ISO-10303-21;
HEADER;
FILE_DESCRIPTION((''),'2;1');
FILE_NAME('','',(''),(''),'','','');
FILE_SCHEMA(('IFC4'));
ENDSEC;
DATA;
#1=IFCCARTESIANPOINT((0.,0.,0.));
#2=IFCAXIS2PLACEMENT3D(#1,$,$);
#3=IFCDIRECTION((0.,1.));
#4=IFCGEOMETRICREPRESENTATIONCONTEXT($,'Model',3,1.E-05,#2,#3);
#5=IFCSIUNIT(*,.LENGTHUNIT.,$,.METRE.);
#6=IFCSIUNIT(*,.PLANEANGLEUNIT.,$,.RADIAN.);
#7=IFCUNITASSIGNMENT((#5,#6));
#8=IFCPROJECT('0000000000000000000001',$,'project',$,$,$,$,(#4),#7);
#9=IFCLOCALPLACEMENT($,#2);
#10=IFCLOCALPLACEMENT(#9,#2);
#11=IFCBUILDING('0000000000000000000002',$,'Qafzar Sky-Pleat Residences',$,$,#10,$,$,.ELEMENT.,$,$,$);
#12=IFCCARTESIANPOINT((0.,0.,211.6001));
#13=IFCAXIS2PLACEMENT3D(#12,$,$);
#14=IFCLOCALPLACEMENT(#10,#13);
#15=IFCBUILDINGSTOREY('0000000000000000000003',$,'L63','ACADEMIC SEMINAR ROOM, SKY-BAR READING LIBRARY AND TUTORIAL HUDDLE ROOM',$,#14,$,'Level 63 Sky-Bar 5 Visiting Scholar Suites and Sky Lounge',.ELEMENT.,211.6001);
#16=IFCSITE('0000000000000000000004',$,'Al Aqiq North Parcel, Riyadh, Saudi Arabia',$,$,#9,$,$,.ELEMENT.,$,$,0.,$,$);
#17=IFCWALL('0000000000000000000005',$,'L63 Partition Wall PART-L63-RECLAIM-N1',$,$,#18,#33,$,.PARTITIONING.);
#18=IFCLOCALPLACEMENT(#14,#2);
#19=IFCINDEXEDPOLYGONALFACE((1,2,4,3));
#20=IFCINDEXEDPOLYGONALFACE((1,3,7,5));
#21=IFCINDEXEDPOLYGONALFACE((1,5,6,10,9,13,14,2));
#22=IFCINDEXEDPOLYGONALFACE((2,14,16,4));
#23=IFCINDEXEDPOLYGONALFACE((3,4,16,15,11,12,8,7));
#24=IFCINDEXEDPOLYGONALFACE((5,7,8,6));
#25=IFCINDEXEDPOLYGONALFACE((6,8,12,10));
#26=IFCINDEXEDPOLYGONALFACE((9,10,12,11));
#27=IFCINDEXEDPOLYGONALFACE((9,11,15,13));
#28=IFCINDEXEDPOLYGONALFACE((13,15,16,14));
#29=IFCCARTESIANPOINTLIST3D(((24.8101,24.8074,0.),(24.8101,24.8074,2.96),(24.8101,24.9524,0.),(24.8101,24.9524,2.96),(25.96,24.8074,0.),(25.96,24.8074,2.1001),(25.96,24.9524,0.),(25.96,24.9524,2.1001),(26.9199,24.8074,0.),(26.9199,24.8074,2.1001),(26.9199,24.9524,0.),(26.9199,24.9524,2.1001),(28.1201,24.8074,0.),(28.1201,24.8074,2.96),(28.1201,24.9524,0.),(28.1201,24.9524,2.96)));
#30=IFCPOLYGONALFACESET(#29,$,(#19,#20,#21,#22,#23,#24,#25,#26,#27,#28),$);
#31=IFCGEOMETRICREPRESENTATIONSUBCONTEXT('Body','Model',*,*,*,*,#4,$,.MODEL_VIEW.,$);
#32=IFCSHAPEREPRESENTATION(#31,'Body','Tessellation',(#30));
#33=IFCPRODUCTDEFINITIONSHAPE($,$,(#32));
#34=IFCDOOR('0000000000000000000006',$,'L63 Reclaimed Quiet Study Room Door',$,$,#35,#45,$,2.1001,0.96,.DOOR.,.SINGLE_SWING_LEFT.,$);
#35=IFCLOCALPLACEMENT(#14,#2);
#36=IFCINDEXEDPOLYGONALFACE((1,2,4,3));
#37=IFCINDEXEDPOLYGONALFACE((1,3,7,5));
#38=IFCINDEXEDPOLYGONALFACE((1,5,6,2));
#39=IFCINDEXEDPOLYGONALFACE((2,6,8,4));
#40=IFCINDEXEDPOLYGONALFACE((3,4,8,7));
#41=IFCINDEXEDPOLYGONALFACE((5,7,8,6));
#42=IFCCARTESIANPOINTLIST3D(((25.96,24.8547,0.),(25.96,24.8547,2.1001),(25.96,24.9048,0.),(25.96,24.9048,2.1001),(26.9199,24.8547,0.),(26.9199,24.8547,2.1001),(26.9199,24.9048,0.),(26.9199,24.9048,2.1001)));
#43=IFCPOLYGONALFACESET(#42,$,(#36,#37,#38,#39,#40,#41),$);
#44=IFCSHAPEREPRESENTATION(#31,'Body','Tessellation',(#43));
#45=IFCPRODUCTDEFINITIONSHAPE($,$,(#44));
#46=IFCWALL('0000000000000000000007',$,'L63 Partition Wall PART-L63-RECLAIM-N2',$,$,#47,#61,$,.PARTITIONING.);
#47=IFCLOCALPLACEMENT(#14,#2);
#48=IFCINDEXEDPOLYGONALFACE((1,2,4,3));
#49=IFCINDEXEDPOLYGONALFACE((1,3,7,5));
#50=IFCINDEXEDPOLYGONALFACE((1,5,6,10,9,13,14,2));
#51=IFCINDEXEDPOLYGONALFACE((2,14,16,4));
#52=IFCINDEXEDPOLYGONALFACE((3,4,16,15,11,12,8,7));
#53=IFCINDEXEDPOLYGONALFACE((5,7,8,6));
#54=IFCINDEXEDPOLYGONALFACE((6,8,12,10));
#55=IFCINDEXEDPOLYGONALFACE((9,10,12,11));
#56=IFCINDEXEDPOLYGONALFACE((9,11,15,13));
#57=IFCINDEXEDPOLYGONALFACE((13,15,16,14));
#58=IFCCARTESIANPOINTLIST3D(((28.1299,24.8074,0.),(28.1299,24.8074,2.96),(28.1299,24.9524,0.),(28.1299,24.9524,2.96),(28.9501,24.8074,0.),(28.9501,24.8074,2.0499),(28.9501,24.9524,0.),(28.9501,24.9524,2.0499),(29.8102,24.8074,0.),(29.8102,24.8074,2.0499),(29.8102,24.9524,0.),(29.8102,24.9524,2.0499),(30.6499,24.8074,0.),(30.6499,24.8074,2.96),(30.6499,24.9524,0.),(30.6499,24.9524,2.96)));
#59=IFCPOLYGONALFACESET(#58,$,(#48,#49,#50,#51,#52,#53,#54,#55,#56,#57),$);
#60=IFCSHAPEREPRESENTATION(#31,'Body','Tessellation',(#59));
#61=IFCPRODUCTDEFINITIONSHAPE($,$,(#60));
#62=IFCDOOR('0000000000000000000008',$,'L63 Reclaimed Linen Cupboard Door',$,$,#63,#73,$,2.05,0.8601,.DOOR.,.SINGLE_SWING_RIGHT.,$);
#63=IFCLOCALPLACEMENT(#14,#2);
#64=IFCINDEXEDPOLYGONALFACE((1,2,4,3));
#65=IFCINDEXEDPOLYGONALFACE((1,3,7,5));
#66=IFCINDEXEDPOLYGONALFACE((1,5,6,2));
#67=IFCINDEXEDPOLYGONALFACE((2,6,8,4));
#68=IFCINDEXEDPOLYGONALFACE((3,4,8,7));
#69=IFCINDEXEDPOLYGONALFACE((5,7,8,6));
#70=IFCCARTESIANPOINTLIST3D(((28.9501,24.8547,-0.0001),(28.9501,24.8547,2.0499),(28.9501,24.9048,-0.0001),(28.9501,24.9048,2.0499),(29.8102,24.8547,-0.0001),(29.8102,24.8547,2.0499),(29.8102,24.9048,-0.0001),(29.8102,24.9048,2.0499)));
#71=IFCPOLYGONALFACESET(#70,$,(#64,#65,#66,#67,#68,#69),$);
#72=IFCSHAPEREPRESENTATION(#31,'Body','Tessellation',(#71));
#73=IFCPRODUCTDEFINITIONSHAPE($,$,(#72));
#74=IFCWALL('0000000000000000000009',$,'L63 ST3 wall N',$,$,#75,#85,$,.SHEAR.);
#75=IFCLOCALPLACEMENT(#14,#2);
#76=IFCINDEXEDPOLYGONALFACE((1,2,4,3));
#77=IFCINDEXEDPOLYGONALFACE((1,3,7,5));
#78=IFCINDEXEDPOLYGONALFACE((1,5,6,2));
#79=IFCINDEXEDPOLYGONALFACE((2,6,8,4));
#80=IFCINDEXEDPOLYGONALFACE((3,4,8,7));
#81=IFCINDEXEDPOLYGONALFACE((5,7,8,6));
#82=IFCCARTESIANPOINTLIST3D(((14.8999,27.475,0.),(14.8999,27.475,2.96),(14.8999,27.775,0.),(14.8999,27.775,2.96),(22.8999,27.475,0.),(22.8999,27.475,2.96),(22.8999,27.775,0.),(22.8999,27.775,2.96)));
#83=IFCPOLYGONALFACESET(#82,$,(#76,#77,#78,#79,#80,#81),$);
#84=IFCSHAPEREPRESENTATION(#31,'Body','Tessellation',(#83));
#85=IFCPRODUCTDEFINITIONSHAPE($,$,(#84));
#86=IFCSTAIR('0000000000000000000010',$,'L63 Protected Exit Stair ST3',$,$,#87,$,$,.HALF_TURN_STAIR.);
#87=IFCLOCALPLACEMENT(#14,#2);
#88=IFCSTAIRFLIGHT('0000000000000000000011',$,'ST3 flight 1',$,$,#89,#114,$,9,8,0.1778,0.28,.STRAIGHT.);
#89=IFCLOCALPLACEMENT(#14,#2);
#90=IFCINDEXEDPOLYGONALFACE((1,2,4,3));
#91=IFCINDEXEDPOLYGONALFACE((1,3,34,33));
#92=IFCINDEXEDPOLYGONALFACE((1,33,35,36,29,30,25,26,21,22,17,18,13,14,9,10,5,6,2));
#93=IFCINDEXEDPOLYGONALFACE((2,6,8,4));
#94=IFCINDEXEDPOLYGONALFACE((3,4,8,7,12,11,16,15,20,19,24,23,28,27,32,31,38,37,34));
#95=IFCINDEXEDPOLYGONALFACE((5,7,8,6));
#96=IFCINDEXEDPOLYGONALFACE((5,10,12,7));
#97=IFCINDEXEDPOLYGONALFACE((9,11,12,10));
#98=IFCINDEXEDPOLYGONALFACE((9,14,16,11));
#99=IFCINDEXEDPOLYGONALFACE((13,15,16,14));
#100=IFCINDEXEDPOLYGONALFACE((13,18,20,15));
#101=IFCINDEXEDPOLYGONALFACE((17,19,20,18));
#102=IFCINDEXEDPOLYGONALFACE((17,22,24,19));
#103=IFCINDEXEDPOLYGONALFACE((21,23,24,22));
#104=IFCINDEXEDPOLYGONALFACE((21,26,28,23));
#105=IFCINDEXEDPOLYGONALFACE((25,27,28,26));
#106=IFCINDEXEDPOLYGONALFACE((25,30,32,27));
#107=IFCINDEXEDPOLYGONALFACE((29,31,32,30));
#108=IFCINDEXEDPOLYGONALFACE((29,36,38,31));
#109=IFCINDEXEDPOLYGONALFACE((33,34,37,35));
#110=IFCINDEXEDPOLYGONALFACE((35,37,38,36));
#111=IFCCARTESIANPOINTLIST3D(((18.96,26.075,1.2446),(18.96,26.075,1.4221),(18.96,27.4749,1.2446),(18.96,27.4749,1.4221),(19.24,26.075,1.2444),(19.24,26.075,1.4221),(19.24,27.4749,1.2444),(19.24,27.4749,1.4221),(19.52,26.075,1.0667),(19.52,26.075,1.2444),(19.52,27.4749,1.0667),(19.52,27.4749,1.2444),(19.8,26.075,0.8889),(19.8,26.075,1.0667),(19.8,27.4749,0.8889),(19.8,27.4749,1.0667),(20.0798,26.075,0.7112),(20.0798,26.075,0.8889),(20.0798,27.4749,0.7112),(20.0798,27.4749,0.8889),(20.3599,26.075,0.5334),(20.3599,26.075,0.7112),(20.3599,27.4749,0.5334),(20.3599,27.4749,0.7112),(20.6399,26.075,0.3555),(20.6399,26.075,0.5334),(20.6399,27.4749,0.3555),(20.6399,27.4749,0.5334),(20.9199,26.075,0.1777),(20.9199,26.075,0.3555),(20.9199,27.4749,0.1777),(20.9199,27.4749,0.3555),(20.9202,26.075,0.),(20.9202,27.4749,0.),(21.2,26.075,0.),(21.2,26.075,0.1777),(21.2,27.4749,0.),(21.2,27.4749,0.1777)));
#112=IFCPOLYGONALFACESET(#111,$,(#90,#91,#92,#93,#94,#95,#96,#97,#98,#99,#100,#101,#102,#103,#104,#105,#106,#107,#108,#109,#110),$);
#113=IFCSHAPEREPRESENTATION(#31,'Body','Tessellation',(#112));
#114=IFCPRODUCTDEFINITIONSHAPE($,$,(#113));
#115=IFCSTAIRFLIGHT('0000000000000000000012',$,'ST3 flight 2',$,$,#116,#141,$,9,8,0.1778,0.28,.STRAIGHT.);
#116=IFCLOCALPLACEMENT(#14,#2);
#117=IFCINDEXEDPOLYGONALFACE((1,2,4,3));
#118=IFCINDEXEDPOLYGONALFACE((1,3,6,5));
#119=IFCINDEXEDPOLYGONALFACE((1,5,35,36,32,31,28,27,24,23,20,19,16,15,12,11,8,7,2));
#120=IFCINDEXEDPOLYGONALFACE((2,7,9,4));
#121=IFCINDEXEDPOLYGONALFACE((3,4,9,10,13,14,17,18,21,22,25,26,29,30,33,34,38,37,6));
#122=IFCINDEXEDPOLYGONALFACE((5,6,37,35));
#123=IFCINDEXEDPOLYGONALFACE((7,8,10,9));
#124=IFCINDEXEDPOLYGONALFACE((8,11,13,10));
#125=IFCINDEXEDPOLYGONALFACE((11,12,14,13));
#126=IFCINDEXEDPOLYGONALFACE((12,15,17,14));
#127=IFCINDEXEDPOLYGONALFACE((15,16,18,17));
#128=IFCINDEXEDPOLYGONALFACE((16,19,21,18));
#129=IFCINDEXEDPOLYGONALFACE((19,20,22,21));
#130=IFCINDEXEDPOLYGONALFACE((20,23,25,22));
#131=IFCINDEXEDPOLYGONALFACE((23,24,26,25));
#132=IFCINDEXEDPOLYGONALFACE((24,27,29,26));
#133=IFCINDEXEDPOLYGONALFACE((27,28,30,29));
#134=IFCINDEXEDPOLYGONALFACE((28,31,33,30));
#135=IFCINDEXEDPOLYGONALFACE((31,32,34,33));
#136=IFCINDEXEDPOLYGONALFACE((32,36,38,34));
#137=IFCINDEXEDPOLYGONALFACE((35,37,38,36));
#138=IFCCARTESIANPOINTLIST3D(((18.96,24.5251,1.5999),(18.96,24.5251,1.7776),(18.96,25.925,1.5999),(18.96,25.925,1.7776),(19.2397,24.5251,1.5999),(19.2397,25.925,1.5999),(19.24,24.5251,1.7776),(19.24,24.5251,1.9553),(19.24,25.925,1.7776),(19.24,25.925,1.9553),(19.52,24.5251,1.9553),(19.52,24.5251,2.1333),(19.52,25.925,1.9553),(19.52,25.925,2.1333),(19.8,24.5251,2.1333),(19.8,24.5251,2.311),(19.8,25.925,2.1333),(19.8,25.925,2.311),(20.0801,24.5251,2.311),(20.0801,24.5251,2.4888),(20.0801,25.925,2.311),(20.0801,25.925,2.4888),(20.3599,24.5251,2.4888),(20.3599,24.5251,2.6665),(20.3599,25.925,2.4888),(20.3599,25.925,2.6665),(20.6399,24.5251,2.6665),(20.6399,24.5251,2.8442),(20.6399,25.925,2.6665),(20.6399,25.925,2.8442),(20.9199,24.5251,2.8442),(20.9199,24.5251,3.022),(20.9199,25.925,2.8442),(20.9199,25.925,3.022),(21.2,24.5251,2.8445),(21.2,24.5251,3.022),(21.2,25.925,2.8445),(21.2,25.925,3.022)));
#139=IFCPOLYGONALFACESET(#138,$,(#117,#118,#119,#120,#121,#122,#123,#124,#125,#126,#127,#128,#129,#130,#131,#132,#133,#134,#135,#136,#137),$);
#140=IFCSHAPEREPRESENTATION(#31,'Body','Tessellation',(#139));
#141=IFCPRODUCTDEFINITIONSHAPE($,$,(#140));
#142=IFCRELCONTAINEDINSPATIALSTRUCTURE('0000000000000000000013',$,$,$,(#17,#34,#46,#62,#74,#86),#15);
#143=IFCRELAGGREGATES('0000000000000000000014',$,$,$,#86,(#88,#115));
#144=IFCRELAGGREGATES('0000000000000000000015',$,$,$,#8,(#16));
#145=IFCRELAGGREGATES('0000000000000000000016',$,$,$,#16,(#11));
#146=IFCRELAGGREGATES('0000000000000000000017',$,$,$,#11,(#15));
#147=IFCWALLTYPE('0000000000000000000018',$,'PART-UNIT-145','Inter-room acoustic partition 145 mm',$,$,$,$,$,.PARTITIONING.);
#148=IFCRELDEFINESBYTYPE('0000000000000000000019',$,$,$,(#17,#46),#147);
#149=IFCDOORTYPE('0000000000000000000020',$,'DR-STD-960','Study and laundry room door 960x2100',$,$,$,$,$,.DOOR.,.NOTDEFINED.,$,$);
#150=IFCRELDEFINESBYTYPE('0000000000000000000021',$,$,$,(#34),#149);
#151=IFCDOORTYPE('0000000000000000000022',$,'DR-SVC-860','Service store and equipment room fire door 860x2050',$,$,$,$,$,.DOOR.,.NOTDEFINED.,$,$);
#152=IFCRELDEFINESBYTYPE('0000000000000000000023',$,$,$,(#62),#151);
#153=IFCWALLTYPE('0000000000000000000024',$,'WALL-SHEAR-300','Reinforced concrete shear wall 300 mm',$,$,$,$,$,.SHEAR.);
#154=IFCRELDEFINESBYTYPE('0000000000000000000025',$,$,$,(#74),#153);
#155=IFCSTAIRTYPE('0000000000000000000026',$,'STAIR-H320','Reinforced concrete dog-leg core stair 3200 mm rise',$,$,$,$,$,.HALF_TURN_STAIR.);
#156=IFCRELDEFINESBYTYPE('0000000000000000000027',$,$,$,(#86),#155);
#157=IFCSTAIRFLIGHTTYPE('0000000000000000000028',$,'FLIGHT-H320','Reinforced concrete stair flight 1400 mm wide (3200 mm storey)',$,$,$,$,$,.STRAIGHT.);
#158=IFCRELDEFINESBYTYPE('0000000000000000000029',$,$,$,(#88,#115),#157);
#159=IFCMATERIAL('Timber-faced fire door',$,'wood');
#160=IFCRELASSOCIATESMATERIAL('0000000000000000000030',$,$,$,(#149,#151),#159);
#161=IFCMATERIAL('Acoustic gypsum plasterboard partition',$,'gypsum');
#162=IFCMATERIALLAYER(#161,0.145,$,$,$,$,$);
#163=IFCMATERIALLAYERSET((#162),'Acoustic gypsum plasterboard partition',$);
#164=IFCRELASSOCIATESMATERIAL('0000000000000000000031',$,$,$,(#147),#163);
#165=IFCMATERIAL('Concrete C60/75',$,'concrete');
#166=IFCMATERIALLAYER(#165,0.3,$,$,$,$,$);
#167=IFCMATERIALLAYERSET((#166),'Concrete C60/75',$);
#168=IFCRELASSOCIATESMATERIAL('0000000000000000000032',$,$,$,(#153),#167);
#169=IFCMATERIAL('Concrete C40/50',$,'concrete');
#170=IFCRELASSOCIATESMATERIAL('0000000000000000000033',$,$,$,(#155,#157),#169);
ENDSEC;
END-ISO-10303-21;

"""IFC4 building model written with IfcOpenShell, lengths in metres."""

from ifc_helpers import new_model, si_unit, direction, frame, frame_2d, origin, place, context, subcontext, project, spatial, polyline, rectangle, outline, extrude, source, transform, mapped, material, layer, layer_set, type_object, element, fill, aggregate, save


model = new_model("IFC4")

# Units and contexts
model_context = context("Model", 3, precision=1e-05, world=origin(), true_north=direction((0.0, 1.0)))
body_context = subcontext(model_context, "Body", "Model", "MODEL_VIEW")
ifc_project = project(units=[si_unit("LENGTHUNIT", "METRE"), si_unit("PLANEANGLEUNIT", "RADIAN")], contexts=[model_context])

# Site, building, storey
site_placement = place(None, origin())
site = spatial("IfcSite", under=ifc_project, at=site_placement, Name="Al Aqiq North Parcel, Riyadh, Saudi Arabia", CompositionType="ELEMENT", RefElevation=0.0)
building_placement = place(site_placement, origin())
building = spatial("IfcBuilding", under=site, at=building_placement, Name="Qafzar Sky-Pleat Residences", CompositionType="ELEMENT")
storey_placement = place(building_placement, frame((0.0, 0.0, 211.6001)))
storey = spatial("IfcBuildingStorey", under=building, at=storey_placement, Name="L63", Description="ACADEMIC SEMINAR ROOM, SKY-BAR READING LIBRARY AND TUTORIAL HUDDLE ROOM", LongName="Level 63 Sky-Bar 5 Visiting Scholar Suites and Sky Lounge", CompositionType="ELEMENT", Elevation=211.6001)

# Shared definitions
ifc_material_1 = material(Name="Acoustic gypsum plasterboard partition", Category="gypsum")
ifc_material_2 = material(Name="Timber-faced fire door", Category="wood")
door_type_1 = type_object("IfcDoorType", Name="DR-STD-960", Description="Study and laundry room door 960x2100", OperationType="NOTDEFINED", PredefinedType="DOOR", material=ifc_material_2)
shared_shape_1 = source(origin(), body_context, "Body", "SweptSolid", [
    extrude(rectangle(XDim=0.96, YDim=2.1001, at=frame_2d((0.48, 1.05))), frame((0.0, 0.0249, 0.0), z_axis=(0.0, -1.0, 0.0), x_axis=(1.0, 0.0, 0.0)), (0.0, 0.0, 1.0), 0.05),
])

# Walls, openings, doors
door_type_2 = type_object("IfcDoorType", Name="DR-SVC-860", Description="Service store and equipment room fire door 860x2050", OperationType="NOTDEFINED", PredefinedType="DOOR", material=ifc_material_2)
shared_shape_2 = source(origin(), body_context, "Body", "SweptSolid", [
    extrude(rectangle(XDim=0.8601, YDim=2.05, at=frame_2d((0.4302, 1.0249))), frame((0.0, 0.0249, 0.0), z_axis=(0.0, -1.0, 0.0), x_axis=(1.0, 0.0, 0.0)), (0.0, 0.0, 1.0), 0.05),
])
ifc_layer_1 = layer(ifc_material_1, 0.145)
ifc_layer_set_1 = layer_set([ifc_layer_1], Name="Acoustic gypsum plasterboard partition")
wall_type_1 = type_object("IfcWallType", Name="PART-UNIT-145", Description="Inter-room acoustic partition 145 mm", PredefinedType="PARTITIONING", material=ifc_layer_set_1)
wall_1_placement = place(storey_placement, frame((24.8101, 24.8799, 0.0), z_axis=(0.0, 0.0, 1.0), x_axis=(1.0, 0.0, 0.0)))
wall_1 = element("IfcWall", 1, at=wall_1_placement, inside=storey, type_object=wall_type_1, Name="L63 Partition Wall PART-L63-RECLAIM-N1", PredefinedType="PARTITIONING", context=body_context, shape_type="SweptSolid", body=[
    extrude(rectangle(XDim=3.3101, YDim=0.145, at=frame_2d((1.655, 0.0))), origin(), (0.0, 0.0, 1.0), 2.96),
])
opening_1_placement = place(wall_1_placement, frame((1.1499, 0.0, 0.0)))
opening_1 = element("IfcOpeningElement", 2, at=opening_1_placement, cuts=wall_1, PredefinedType="OPENING", context=body_context, shape_type="SweptSolid", body=[
    extrude(rectangle(XDim=0.96, YDim=2.1001, at=frame_2d((0.48, 1.05))), frame((0.0, 0.0825, 0.0), z_axis=(0.0, -1.0, 0.0), x_axis=(1.0, 0.0, 0.0)), (0.0, 0.0, 1.0), 0.165),
])
door_1_placement = place(opening_1_placement, origin())
door_1 = element("IfcDoor", 3, at=door_1_placement, inside=storey, type_object=door_type_1, Name="L63 Reclaimed Quiet Study Room Door", OperationType="SINGLE_SWING_LEFT", OverallHeight=2.1001, OverallWidth=0.96, PredefinedType="DOOR", context=body_context, shape_type="MappedRepresentation", body=[
    mapped(shared_shape_1, transform((0.0, 0.0, 0.0), x_axis=(1.0, 0.0, 0.0), y_axis=(0.0, 1.0, 0.0), z_axis=(0.0, 0.0, 1.0), scale=1.0)),
])
fill(opening_1, door_1)
wall_2_placement = place(storey_placement, frame((28.1299, 24.8799, 0.0), z_axis=(0.0, 0.0, 1.0), x_axis=(1.0, 0.0, 0.0)))
wall_2 = element("IfcWall", 4, at=wall_2_placement, inside=storey, type_object=wall_type_1, Name="L63 Partition Wall PART-L63-RECLAIM-N2", PredefinedType="PARTITIONING", context=body_context, shape_type="SweptSolid", body=[
    extrude(rectangle(XDim=2.52, YDim=0.145, at=frame_2d((1.26, 0.0))), origin(), (0.0, 0.0, 1.0), 2.96),
])
opening_2_placement = place(wall_2_placement, frame((0.8201, 0.0, 0.0)))
opening_2 = element("IfcOpeningElement", 5, at=opening_2_placement, cuts=wall_2, PredefinedType="OPENING", context=body_context, shape_type="SweptSolid", body=[
    extrude(rectangle(XDim=0.8601, YDim=2.05, at=frame_2d((0.4302, 1.0249))), frame((0.0, 0.0825, 0.0), z_axis=(0.0, -1.0, 0.0), x_axis=(1.0, 0.0, 0.0)), (0.0, 0.0, 1.0), 0.165),
])
door_2_placement = place(opening_2_placement, origin())
door_2 = element("IfcDoor", 6, at=door_2_placement, inside=storey, type_object=door_type_2, Name="L63 Reclaimed Linen Cupboard Door", OperationType="SINGLE_SWING_RIGHT", OverallHeight=2.05, OverallWidth=0.8601, PredefinedType="DOOR", context=body_context, shape_type="MappedRepresentation", body=[
    mapped(shared_shape_2, transform((0.0, 0.0, 0.0), x_axis=(1.0, 0.0, 0.0), y_axis=(0.0, 1.0, 0.0), z_axis=(0.0, 0.0, 1.0), scale=1.0)),
])
fill(opening_2, door_2)

# Shared definitions
ifc_material_3 = material(Name="Concrete C60/75", Category="concrete")
ifc_layer_2 = layer(ifc_material_3, 0.3)
ifc_layer_set_2 = layer_set([ifc_layer_2], Name="Concrete C60/75")
wall_type_2 = type_object("IfcWallType", Name="WALL-SHEAR-300", Description="Reinforced concrete shear wall 300 mm", PredefinedType="SHEAR", material=ifc_layer_set_2)

# Wall
wall_3_placement = place(storey_placement, frame((22.8999, 27.625, 0.0), z_axis=(0.0, 0.0, 1.0), x_axis=(-1.0, 0.0, 0.0)))
element("IfcWall", 7, at=wall_3_placement, inside=storey, type_object=wall_type_2, Name="L63 ST3 wall N", PredefinedType="SHEAR", context=body_context, shape_type="SweptSolid", body=[
    extrude(rectangle(XDim=8.0, YDim=0.3, at=frame_2d((4.0, 0.0))), origin(), (0.0, 0.0, 1.0), 2.96),
])

# Stair, stair flights
ifc_material_4 = material(Name="Concrete C40/50", Category="concrete")
stair_type = type_object("IfcStairType", Name="STAIR-H320", Description="Reinforced concrete dog-leg core stair 3200 mm rise", PredefinedType="HALF_TURN_STAIR", material=ifc_material_4)
stair_placement = place(storey_placement, origin())
stair = element("IfcStair", 8, at=stair_placement, inside=storey, type_object=stair_type, Name="L63 Protected Exit Stair ST3", PredefinedType="HALF_TURN_STAIR")
stair_flight_type = type_object("IfcStairFlightType", Name="FLIGHT-H320", Description="Reinforced concrete stair flight 1400 mm wide (3200 mm storey)", PredefinedType="STRAIGHT", material=ifc_material_4)
shared_shape_3 = source(origin(), body_context, "Body", "SweptSolid", [
    extrude(outline(polyline([(0.0, 0.0), (0.0, 0.1777), (0.28, 0.1777), (0.28, 0.3555), (0.5601, 0.3555), (0.5601, 0.5334), (0.8401, 0.5334), (0.8401, 0.7112), (1.1201, 0.7112), (1.1201, 0.8889), (1.3999, 0.8889), (1.3999, 1.0667), (1.6799, 1.0667), (1.6799, 1.2444), (1.96, 1.2444), (1.96, 1.4221), (2.24, 1.4221), (2.24, 1.6001), (2.24, 1.2446), (0.2798, 0.0), (0.0, 0.0)])), frame((0.0, 0.7, 0.0), z_axis=(0.0, -1.0, 0.0), x_axis=(1.0, 0.0, 0.0)), (0.0, 0.0, 1.0), 1.3999),
])
stair_flight_1_placement = place(storey_placement, frame((21.2, 26.7749, 0.0), z_axis=(0.0, 0.0, 1.0), x_axis=(-1.0, 0.0, 0.0)))
stair_flight_1 = element("IfcStairFlight", 9, at=stair_flight_1_placement, type_object=stair_flight_type, Name="ST3 flight 1", NumberOfRisers=9, NumberOfTreads=8, PredefinedType="STRAIGHT", RiserHeight=0.1778, TreadLength=0.28, context=body_context, shape_type="MappedRepresentation", body=[
    mapped(shared_shape_3, transform((0.0, 0.0, 0.0), x_axis=(1.0, 0.0, 0.0), y_axis=(0.0, 1.0, 0.0), z_axis=(0.0, 0.0, 1.0), scale=1.0)),
])
stair_flight_2_placement = place(storey_placement, frame((18.96, 25.2251, 1.5999), z_axis=(0.0, 0.0, 1.0), x_axis=(1.0, 0.0, 0.0)))
stair_flight_2 = element("IfcStairFlight", 10, at=stair_flight_2_placement, type_object=stair_flight_type, Name="ST3 flight 2", NumberOfRisers=9, NumberOfTreads=8, PredefinedType="STRAIGHT", RiserHeight=0.1778, TreadLength=0.28, context=body_context, shape_type="MappedRepresentation", body=[
    mapped(shared_shape_3, transform((0.0, 0.0, 0.0), x_axis=(1.0, 0.0, 0.0), y_axis=(0.0, 1.0, 0.0), z_axis=(0.0, 0.0, 1.0), scale=1.0)),
])
aggregate(stair, [stair_flight_1, stair_flight_2])

save(model, "model.ifc")
